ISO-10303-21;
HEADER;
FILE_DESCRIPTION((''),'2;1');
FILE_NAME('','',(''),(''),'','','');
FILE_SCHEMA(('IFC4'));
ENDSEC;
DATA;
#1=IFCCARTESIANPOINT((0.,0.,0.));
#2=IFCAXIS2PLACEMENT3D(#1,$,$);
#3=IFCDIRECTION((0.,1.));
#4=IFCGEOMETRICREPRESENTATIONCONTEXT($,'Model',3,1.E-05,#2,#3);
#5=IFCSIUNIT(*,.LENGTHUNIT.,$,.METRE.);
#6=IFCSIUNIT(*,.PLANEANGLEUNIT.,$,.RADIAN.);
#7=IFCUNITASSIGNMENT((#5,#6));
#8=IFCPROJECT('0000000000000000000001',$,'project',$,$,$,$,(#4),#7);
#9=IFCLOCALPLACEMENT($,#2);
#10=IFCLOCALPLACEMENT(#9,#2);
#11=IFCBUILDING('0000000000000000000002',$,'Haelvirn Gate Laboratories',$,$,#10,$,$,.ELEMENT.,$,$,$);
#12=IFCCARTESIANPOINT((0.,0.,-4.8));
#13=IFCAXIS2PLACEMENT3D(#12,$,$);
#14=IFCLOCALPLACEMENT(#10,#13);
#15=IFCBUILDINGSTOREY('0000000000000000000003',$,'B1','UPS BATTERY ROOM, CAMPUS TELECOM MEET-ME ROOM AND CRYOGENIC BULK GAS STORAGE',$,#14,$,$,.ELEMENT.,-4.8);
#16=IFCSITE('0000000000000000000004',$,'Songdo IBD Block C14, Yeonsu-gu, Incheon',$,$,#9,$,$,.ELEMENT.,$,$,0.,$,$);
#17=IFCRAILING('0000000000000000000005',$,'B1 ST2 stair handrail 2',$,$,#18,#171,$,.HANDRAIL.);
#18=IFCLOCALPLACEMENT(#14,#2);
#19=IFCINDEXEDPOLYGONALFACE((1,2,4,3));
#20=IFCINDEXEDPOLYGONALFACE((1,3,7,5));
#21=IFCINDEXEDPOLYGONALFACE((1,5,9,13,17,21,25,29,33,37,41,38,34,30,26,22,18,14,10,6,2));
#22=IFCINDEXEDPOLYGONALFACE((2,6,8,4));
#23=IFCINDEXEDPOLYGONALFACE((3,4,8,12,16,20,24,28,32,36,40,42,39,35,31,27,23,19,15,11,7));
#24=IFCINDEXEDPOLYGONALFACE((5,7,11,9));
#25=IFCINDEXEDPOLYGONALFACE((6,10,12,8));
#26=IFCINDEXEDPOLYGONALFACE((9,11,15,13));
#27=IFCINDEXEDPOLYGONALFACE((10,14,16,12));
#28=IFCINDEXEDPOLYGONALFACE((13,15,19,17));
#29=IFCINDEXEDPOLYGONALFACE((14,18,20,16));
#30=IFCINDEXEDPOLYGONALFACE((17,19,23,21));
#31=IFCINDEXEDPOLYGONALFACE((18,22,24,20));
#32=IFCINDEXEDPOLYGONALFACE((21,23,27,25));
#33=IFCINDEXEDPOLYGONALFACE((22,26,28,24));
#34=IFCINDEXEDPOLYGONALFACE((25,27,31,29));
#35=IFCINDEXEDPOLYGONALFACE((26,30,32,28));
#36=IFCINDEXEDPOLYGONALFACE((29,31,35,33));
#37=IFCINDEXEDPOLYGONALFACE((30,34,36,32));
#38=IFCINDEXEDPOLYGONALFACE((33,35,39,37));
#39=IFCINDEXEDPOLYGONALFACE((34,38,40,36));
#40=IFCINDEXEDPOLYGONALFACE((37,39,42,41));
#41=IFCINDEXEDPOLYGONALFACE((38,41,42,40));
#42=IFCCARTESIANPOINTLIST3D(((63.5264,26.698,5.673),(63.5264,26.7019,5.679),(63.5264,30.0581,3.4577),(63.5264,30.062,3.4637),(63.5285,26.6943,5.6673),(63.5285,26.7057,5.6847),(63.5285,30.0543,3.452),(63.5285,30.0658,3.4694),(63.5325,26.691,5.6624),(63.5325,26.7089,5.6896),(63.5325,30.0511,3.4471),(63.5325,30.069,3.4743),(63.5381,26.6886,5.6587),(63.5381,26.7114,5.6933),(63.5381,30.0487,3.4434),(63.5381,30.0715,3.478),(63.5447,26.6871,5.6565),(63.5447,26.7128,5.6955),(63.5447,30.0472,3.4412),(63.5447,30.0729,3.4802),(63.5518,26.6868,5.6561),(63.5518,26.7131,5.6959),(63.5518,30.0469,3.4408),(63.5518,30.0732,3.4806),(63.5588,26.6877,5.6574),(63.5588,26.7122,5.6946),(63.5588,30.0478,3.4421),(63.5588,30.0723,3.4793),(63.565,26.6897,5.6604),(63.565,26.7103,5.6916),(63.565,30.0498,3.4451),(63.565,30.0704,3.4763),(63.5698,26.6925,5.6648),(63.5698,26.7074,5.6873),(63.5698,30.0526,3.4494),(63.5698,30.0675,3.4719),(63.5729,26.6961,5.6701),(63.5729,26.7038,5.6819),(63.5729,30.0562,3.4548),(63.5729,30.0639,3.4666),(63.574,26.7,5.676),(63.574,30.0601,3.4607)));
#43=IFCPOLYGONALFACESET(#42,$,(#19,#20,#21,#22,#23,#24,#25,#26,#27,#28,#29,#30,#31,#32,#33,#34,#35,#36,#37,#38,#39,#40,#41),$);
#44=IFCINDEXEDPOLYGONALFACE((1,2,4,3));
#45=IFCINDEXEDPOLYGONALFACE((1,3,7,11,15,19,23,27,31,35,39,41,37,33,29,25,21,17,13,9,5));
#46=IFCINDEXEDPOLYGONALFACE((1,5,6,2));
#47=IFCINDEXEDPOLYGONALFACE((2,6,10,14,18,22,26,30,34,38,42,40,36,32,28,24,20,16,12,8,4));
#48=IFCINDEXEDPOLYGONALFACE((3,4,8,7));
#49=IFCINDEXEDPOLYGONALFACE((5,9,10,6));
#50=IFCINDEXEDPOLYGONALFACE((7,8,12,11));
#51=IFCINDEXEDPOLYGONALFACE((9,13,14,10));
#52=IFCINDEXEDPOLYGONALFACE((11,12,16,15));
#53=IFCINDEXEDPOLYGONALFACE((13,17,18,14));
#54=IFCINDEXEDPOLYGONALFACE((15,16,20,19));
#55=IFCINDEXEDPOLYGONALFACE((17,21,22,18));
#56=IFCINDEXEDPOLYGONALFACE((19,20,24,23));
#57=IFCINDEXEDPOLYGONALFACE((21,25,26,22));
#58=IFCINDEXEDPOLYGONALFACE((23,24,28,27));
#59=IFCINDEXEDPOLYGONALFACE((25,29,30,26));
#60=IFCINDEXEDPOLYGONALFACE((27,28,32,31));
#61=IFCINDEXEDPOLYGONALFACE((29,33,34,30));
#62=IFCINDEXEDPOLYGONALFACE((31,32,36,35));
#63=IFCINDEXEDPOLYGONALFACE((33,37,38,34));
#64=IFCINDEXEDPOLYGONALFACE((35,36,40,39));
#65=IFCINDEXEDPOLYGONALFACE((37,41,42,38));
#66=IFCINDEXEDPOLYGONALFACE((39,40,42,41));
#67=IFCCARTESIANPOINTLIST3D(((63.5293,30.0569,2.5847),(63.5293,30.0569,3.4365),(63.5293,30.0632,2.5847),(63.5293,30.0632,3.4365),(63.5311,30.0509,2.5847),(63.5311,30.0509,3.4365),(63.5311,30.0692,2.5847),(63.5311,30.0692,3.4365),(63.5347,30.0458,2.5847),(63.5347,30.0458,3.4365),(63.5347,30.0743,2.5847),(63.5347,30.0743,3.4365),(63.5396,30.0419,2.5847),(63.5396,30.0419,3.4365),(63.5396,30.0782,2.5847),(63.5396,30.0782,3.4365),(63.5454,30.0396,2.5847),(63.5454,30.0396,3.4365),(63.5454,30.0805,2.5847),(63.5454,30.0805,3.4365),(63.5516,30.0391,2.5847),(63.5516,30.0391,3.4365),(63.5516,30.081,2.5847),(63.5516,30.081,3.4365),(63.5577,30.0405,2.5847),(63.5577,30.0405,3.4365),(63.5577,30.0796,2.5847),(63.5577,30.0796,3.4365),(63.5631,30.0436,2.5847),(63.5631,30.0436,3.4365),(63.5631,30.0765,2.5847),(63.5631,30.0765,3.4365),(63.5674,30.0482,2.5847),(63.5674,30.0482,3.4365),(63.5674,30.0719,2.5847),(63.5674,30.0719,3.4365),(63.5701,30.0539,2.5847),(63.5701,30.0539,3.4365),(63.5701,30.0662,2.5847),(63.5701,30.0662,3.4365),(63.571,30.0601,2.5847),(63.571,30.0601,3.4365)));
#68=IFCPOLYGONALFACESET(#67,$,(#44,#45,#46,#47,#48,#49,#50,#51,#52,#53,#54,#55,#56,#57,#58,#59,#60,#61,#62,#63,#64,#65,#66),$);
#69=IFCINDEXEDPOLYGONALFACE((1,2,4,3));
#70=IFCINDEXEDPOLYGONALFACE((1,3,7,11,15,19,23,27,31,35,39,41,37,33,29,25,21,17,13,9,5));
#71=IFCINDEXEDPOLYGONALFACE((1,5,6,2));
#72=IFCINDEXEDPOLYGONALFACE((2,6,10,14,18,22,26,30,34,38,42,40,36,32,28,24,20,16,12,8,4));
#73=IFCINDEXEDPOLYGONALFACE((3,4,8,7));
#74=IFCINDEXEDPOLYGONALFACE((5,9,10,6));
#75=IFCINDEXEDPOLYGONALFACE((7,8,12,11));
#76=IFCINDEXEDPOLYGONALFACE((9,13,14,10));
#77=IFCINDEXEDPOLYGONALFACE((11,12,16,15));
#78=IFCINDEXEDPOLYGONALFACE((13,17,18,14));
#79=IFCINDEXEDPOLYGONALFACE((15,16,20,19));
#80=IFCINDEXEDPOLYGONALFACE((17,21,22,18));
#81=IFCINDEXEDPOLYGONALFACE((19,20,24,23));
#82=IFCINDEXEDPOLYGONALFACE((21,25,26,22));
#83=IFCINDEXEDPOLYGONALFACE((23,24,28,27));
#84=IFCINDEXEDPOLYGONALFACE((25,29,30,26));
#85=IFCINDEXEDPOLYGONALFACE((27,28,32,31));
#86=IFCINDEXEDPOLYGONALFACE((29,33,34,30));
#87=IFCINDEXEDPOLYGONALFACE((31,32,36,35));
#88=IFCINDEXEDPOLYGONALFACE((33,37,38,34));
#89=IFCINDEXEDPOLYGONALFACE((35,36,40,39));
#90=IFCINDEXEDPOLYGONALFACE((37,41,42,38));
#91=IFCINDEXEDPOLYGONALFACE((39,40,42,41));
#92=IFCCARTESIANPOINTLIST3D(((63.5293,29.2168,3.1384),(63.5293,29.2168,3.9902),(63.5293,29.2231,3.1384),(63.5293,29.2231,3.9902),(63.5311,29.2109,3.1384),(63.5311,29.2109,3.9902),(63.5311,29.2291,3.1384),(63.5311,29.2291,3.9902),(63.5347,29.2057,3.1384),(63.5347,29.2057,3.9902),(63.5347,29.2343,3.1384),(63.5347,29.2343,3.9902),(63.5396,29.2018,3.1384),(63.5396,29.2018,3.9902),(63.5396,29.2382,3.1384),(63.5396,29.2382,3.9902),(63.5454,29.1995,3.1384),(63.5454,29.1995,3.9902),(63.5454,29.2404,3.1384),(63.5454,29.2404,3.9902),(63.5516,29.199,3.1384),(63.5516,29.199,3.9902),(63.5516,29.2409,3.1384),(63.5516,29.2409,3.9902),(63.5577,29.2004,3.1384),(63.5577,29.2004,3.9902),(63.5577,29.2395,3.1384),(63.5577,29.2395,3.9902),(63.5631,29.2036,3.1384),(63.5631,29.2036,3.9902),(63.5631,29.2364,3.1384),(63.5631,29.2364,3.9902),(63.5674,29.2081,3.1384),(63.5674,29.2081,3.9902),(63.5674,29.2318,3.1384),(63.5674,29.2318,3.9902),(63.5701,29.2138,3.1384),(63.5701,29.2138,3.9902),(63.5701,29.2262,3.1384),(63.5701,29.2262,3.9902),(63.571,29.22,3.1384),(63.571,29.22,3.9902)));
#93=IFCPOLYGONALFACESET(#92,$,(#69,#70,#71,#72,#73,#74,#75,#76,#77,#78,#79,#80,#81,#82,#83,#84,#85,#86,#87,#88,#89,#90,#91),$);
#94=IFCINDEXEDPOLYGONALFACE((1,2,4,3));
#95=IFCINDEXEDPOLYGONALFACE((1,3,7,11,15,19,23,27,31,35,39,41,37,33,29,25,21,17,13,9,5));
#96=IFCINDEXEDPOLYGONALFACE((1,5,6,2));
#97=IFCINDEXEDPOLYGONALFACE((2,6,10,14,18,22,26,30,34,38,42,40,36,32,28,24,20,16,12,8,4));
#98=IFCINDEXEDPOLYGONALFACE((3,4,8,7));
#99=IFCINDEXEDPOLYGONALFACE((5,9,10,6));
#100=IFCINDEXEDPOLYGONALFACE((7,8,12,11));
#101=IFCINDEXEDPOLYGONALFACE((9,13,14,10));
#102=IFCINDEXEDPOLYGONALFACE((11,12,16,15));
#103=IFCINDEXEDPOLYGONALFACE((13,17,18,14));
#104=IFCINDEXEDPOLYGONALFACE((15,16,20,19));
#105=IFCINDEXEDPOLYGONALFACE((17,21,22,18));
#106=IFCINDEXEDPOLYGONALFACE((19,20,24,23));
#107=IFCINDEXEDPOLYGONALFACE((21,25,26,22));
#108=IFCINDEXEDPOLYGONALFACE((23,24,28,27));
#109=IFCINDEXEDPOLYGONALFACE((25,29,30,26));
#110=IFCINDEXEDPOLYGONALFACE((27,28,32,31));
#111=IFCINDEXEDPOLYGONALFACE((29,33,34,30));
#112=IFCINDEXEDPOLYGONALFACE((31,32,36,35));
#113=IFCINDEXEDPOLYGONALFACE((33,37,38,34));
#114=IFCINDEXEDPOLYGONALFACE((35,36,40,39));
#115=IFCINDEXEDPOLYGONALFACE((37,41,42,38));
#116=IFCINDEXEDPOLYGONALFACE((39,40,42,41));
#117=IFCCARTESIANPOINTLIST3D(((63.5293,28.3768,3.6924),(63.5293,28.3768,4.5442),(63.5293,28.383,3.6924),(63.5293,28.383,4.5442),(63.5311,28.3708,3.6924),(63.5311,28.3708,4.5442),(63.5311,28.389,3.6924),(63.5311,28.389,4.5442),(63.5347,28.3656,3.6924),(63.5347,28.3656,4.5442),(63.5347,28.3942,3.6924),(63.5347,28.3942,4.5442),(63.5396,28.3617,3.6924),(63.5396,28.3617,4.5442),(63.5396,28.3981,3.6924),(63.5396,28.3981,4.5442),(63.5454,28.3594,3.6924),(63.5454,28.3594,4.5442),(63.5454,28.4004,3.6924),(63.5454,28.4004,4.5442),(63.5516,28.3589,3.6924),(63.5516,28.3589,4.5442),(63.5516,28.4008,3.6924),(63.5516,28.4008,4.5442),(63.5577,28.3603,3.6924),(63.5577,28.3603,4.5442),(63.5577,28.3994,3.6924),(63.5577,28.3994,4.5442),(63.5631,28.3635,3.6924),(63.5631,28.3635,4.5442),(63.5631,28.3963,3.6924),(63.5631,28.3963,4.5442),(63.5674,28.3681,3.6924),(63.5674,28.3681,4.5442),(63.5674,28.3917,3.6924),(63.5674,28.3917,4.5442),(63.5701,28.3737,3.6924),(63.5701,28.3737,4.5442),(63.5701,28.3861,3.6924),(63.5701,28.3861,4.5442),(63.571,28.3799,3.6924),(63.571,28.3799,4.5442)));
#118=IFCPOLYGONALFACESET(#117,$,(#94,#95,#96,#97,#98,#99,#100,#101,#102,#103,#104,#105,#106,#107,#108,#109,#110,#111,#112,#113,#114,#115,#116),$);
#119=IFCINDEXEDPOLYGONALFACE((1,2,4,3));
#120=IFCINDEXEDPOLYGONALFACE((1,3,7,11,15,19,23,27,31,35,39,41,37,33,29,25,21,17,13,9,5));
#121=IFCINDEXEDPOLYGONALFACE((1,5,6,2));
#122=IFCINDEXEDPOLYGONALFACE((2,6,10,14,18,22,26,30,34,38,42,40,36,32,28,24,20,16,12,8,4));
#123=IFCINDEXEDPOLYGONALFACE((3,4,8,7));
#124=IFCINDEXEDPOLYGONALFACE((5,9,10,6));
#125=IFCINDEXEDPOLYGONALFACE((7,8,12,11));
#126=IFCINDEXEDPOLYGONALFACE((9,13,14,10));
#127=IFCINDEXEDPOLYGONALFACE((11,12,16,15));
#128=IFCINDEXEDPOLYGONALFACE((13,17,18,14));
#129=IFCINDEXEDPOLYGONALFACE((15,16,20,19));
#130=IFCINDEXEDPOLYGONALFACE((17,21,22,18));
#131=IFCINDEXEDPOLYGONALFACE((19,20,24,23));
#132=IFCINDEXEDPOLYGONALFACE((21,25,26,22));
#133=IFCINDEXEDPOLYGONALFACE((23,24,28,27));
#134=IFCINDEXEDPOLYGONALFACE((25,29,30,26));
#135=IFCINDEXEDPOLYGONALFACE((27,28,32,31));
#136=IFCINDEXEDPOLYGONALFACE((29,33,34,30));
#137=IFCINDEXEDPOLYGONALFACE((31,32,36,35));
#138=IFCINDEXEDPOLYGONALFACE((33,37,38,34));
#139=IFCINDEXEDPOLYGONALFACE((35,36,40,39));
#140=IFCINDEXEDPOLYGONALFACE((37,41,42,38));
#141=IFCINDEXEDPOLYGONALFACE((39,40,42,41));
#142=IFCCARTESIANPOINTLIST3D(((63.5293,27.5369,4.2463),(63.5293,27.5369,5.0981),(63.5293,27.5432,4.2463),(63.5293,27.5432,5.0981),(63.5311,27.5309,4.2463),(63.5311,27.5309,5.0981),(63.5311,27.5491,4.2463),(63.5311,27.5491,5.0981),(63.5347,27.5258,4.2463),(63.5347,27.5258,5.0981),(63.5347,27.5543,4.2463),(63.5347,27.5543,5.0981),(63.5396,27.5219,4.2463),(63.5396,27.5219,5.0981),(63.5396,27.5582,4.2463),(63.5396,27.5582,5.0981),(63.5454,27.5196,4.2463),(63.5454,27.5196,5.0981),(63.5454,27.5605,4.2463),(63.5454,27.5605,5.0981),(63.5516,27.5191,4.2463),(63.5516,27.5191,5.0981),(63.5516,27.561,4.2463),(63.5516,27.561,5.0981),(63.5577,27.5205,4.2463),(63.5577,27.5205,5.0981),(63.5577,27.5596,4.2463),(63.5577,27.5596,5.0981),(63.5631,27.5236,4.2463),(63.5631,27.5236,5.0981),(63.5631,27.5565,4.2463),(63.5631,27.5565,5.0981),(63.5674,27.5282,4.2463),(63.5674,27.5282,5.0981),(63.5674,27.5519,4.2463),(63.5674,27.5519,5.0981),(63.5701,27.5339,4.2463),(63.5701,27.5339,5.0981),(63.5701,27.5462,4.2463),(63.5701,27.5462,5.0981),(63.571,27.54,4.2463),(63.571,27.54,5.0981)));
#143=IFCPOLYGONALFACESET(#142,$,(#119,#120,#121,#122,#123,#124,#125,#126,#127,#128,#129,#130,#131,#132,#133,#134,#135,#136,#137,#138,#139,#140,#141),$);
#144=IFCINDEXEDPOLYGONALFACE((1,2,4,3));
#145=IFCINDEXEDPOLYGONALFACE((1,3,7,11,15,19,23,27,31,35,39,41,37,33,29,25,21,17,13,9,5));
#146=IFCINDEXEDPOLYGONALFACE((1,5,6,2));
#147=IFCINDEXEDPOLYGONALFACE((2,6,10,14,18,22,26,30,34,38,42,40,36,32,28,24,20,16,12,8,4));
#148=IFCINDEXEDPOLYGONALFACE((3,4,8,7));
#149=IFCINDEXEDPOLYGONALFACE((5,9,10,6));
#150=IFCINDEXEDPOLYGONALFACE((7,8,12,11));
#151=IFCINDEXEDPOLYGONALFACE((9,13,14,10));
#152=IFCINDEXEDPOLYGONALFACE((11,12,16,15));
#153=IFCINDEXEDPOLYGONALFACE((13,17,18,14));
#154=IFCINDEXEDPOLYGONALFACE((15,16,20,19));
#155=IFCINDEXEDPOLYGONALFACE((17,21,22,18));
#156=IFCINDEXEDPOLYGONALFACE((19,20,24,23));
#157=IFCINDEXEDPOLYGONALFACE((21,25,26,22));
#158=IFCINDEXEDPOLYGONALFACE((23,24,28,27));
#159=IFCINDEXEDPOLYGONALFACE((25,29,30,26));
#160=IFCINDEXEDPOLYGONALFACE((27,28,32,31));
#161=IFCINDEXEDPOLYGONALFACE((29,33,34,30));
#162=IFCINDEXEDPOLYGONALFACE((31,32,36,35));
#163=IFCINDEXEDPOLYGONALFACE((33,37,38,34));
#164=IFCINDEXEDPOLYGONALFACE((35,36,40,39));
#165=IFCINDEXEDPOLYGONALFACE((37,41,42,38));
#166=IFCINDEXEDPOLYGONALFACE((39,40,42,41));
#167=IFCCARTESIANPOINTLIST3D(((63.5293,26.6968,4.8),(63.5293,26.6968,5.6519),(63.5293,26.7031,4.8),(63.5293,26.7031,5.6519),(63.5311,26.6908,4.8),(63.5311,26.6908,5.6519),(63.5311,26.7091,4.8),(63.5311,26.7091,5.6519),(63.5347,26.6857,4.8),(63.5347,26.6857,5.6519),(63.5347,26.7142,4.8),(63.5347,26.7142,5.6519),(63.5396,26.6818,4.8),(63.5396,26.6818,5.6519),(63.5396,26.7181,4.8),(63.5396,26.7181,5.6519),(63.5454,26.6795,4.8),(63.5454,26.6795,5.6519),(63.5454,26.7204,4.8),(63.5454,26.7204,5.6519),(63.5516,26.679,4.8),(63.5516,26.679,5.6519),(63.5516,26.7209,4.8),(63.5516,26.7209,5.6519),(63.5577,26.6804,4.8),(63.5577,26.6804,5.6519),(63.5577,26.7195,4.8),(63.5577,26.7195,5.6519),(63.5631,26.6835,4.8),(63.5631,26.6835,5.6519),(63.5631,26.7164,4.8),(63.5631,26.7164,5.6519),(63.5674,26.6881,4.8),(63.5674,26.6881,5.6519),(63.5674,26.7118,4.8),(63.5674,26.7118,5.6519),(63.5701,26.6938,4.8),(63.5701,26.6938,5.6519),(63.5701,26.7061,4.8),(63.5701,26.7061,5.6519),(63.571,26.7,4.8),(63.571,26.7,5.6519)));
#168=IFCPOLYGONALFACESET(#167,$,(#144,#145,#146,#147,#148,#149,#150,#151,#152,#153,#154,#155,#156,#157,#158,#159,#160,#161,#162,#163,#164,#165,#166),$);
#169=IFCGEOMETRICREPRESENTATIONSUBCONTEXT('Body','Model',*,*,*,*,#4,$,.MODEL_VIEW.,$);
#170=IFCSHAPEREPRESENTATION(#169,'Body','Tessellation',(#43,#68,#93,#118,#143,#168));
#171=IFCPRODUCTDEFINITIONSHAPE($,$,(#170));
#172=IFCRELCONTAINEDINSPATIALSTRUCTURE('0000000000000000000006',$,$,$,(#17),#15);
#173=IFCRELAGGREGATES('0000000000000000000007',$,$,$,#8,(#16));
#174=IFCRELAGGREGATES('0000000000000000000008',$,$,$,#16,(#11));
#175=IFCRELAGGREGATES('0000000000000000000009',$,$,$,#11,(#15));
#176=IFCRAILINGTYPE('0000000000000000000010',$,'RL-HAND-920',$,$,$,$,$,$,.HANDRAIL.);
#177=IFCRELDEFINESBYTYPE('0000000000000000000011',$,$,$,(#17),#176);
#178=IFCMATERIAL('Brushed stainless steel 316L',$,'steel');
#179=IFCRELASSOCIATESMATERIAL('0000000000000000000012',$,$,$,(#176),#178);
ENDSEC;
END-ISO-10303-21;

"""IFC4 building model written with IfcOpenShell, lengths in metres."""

from ifc_helpers import new_model, si_unit, direction, frame, origin, origin_2d, place, context, subcontext, project, spatial, circle, extrude, source, transform, mapped, material, type_object, element, save


model = new_model("IFC4")

# Units and contexts
model_context = context("Model", 3, precision=1e-05, world=origin(), true_north=direction((0.0, 1.0)))
body_context = subcontext(model_context, "Body", "Model", "MODEL_VIEW")
ifc_project = project(units=[si_unit("LENGTHUNIT", "METRE"), si_unit("PLANEANGLEUNIT", "RADIAN")], contexts=[model_context])

# Site, building, storey
site_placement = place(None, origin())
site = spatial("IfcSite", under=ifc_project, at=site_placement, Name="Songdo IBD Block C14, Yeonsu-gu, Incheon", CompositionType="ELEMENT", RefElevation=0.0)
building_placement = place(site_placement, origin())
building = spatial("IfcBuilding", under=site, at=building_placement, Name="Haelvirn Gate Laboratories", CompositionType="ELEMENT")
storey_placement = place(building_placement, frame((0.0, 0.0, -4.8)))
storey = spatial("IfcBuildingStorey", under=building, at=storey_placement, Name="B1", Description="UPS BATTERY ROOM, CAMPUS TELECOM MEET-ME ROOM AND CRYOGENIC BULK GAS STORAGE", CompositionType="ELEMENT", Elevation=-4.8)

# Railing
ifc_material_1 = material(Name="Brushed stainless steel 316L", Category="steel")
railing_type_1 = type_object("IfcRailingType", Name="RL-HAND-920", PredefinedType="HANDRAIL", material=ifc_material_1)
shared_shape_1 = source(origin(), body_context, "Body", "SweptSolid", [
    extrude(circle(Radius=0.0239, at=origin_2d()), frame((0.0, 0.0, 0.876), z_axis=(0.0, -0.834876, 0.550437), x_axis=(1.0, 0.0, 0.0)), (0.0, 0.0, 1.0), 4.0247),
    extrude(circle(Radius=0.021, at=origin_2d()), origin(), (0.0, 0.0, 1.0), 0.8518),
    extrude(circle(Radius=0.021, at=origin_2d()), frame((0.0, -0.8401, 0.5537)), (0.0, 0.0, 1.0), 0.8518),
    extrude(circle(Radius=0.021, at=origin_2d()), frame((0.0, -1.6802, 1.1077)), (0.0, 0.0, 1.0), 0.8518),
    extrude(circle(Radius=0.021, at=origin_2d()), frame((0.0, -2.52, 1.6616)), (0.0, 0.0, 1.0), 0.8518),
    extrude(circle(Radius=0.021, at=origin_2d()), frame((0.0, -3.3601, 2.2153)), (0.0, 0.0, 1.0), 0.8518),
])
railing_1_placement = place(storey_placement, frame((63.55, 30.0601, 2.5847)))
element("IfcRailing", 1, at=railing_1_placement, inside=storey, type_object=railing_type_1, Name="B1 ST2 stair handrail 2", PredefinedType="HANDRAIL", context=body_context, shape_type="MappedRepresentation", body=[
    mapped(shared_shape_1, transform((0.0, 0.0, 0.0), scale=1.0)),
])

save(model, "model.ifc")
